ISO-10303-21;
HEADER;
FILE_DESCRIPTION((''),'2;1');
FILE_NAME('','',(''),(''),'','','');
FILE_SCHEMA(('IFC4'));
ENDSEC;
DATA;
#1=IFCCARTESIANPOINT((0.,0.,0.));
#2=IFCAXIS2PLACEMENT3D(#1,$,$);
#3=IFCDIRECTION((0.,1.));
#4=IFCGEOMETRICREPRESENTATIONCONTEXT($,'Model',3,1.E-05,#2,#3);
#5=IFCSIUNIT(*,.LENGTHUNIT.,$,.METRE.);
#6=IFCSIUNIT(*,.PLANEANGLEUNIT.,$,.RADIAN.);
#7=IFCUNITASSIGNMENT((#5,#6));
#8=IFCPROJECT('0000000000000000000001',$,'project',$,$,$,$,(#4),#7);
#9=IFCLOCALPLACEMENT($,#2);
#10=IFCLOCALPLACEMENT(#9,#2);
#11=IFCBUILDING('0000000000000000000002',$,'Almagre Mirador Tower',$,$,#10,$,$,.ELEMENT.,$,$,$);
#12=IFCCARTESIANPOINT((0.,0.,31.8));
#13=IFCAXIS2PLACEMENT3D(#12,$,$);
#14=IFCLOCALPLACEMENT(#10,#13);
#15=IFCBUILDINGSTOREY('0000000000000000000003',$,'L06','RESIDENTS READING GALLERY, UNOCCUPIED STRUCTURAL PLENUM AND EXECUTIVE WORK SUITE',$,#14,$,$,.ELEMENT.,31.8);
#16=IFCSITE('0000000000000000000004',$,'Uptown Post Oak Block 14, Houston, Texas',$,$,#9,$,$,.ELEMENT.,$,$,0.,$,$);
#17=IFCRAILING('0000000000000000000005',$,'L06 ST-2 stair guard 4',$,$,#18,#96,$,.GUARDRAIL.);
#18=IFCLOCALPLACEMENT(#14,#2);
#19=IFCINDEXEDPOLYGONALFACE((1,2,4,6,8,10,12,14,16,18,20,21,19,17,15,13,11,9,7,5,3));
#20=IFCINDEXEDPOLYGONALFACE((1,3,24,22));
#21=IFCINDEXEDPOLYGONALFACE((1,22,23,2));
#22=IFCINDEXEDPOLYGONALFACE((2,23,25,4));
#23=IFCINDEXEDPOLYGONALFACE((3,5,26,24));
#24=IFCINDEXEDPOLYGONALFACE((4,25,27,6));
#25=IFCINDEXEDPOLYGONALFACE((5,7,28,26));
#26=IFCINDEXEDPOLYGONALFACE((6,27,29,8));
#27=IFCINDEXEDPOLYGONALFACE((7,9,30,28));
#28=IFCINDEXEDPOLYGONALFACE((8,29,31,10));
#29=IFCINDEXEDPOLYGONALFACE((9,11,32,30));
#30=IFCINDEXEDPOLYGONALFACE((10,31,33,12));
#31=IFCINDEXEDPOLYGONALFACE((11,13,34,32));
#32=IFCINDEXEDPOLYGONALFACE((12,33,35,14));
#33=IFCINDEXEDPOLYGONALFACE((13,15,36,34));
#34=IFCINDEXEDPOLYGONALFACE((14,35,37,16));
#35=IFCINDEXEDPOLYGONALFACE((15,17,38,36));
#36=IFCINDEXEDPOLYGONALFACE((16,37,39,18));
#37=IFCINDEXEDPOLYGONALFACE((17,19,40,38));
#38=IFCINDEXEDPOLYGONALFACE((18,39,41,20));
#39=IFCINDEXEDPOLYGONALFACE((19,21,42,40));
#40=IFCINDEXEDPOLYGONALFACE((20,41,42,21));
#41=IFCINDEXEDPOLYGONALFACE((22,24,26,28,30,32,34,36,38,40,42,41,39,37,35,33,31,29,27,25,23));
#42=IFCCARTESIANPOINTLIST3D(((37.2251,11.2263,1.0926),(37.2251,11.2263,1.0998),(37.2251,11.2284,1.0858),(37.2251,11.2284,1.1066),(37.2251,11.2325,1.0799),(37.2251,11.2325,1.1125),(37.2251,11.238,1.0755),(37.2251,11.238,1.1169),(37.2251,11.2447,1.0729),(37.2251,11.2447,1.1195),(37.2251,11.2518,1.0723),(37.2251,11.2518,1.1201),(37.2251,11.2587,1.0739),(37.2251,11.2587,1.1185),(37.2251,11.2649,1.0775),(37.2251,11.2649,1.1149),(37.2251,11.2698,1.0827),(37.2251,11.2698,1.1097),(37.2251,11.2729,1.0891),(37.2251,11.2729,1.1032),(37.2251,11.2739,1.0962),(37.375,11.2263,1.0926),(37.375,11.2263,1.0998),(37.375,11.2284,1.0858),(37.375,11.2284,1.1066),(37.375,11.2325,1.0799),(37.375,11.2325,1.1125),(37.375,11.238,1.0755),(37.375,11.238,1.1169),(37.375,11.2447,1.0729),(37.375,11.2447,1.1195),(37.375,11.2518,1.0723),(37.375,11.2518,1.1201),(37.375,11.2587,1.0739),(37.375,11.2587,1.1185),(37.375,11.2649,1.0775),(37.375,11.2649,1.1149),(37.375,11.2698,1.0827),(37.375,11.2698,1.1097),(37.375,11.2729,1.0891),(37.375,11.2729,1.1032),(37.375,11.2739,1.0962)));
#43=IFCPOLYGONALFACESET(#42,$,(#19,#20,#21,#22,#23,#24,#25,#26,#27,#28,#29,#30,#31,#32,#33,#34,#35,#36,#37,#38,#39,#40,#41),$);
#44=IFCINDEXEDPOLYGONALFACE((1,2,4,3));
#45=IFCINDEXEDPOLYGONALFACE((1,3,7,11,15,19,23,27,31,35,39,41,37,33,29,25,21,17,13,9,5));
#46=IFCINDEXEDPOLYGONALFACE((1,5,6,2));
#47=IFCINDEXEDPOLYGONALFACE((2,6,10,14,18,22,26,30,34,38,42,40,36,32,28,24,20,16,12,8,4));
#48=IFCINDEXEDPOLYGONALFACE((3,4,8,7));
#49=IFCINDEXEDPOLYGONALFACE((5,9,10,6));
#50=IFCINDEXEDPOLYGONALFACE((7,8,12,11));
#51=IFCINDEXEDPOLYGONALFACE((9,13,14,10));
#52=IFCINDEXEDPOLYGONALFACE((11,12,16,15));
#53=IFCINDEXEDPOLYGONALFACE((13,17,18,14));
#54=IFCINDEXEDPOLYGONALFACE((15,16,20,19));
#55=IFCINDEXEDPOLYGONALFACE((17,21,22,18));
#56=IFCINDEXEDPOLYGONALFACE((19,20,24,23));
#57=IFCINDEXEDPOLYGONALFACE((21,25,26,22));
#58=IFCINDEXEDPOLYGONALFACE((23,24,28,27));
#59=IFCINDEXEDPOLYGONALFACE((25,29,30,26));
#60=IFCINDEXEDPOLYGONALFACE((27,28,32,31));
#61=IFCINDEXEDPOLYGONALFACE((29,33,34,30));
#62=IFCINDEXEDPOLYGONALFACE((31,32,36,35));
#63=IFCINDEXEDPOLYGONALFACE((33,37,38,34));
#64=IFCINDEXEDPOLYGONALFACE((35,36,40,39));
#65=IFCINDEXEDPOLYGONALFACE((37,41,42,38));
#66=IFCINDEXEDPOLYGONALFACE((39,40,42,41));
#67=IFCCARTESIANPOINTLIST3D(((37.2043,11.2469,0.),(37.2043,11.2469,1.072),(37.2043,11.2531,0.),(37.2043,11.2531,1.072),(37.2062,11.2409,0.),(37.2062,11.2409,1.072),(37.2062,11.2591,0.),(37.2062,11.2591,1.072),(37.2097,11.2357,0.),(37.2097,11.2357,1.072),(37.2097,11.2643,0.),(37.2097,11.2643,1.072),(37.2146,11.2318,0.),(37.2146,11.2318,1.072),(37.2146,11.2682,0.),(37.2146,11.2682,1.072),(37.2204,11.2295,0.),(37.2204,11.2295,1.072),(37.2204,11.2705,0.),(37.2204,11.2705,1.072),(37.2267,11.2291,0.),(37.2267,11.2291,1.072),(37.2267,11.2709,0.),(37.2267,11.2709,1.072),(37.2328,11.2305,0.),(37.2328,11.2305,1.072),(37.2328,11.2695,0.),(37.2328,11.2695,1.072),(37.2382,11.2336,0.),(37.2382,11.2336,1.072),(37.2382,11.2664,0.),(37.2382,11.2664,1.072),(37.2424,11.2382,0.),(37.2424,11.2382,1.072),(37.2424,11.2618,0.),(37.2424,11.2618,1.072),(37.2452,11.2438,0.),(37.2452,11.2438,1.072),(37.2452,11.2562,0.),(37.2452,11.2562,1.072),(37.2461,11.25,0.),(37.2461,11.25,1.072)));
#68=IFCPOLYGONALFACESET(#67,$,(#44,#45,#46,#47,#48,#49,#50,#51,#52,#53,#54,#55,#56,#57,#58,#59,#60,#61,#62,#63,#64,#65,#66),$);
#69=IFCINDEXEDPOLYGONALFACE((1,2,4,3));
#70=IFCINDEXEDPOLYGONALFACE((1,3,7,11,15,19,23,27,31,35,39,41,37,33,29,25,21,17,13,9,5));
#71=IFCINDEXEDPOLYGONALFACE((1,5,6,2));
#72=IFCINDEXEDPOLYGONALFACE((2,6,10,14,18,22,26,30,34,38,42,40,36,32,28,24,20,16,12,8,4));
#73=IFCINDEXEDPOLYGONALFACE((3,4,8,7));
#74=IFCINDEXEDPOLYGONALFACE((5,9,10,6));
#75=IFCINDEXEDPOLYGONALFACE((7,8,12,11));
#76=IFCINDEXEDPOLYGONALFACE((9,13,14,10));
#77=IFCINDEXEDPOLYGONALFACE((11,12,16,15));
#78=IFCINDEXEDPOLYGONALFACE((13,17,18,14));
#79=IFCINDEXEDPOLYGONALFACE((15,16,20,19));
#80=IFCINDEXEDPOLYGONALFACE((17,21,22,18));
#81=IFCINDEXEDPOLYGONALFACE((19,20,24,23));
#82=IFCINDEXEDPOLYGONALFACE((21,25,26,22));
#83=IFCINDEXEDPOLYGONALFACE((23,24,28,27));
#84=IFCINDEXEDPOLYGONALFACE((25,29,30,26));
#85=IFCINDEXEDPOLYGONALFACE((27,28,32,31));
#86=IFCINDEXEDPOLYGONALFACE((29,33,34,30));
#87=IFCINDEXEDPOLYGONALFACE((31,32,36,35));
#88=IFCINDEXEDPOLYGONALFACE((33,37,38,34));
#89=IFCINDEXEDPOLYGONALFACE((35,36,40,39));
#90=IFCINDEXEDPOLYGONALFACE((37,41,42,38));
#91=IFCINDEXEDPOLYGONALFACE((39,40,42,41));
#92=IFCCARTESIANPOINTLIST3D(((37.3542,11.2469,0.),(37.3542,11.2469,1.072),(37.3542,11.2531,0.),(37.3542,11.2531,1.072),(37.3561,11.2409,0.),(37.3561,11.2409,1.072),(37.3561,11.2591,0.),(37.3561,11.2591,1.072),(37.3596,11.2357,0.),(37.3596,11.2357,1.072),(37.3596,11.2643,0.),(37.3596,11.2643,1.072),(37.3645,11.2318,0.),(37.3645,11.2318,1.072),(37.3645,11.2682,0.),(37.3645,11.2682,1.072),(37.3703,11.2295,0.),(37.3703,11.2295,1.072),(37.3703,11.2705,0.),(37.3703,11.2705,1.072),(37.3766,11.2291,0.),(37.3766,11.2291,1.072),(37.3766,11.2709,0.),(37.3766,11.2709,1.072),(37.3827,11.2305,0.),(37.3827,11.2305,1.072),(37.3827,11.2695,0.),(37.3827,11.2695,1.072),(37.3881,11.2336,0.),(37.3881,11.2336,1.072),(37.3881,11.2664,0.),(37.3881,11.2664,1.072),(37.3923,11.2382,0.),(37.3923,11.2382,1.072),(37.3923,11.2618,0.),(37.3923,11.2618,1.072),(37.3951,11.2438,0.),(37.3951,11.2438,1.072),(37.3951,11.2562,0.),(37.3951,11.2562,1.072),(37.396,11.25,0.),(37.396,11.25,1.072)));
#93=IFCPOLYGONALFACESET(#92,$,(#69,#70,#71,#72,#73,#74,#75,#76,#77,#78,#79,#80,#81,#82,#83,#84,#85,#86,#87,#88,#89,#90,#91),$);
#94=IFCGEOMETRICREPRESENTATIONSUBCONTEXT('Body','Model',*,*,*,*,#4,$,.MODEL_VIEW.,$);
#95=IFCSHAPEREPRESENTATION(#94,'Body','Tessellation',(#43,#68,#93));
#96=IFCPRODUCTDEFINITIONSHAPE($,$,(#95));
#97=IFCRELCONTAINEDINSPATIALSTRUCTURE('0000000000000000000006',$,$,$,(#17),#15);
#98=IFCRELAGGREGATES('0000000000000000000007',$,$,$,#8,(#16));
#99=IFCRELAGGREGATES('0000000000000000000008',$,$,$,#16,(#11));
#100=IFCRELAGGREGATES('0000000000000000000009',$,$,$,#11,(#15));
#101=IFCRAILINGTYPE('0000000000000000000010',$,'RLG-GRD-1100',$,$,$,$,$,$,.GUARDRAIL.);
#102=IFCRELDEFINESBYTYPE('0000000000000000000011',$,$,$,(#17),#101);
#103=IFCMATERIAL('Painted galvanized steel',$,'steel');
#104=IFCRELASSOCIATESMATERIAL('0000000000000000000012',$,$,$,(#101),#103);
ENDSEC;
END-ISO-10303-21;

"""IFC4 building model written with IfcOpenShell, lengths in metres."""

from ifc_helpers import new_model, si_unit, direction, frame, origin, origin_2d, place, context, subcontext, project, spatial, circle, extrude, material, type_object, element, save


model = new_model("IFC4")

# Units and contexts
model_context = context("Model", 3, precision=1e-05, world=origin(), true_north=direction((0.0, 1.0)))
body_context = subcontext(model_context, "Body", "Model", "MODEL_VIEW")
ifc_project = project(units=[si_unit("LENGTHUNIT", "METRE"), si_unit("PLANEANGLEUNIT", "RADIAN")], contexts=[model_context])

# Site, building, storey
site_placement = place(None, origin())
site = spatial("IfcSite", under=ifc_project, at=site_placement, Name="Uptown Post Oak Block 14, Houston, Texas", CompositionType="ELEMENT", RefElevation=0.0)
building_placement = place(site_placement, origin())
building = spatial("IfcBuilding", under=site, at=building_placement, Name="Almagre Mirador Tower", CompositionType="ELEMENT")
storey_placement = place(building_placement, frame((0.0, 0.0, 31.8)))
storey = spatial("IfcBuildingStorey", under=building, at=storey_placement, Name="L06", Description="RESIDENTS READING GALLERY, UNOCCUPIED STRUCTURAL PLENUM AND EXECUTIVE WORK SUITE", CompositionType="ELEMENT", Elevation=31.8)

# Railing
ifc_material_1 = material(Name="Painted galvanized steel", Category="steel")
railing_type_1 = type_object("IfcRailingType", Name="RLG-GRD-1100", PredefinedType="GUARDRAIL", material=ifc_material_1)
railing_1_placement = place(storey_placement, frame((37.2251, 11.25, 0.0)))
element("IfcRailing", 1, at=railing_1_placement, inside=storey, type_object=railing_type_1, Name="L06 ST-2 stair guard 4", PredefinedType="GUARDRAIL", context=body_context, shape_type="SweptSolid", body=[
    extrude(circle(Radius=0.0239, at=origin_2d()), frame((0.0, 0.0, 1.0962), z_axis=(1.0, 0.0, 0.0), x_axis=(0.0, 1.0, 0.0)), (0.0, 0.0, 1.0), 0.1499),
    extrude(circle(Radius=0.021, at=origin_2d()), origin(), (0.0, 0.0, 1.0), 1.072),
    extrude(circle(Radius=0.021, at=origin_2d()), frame((0.1499, 0.0, 0.0)), (0.0, 0.0, 1.0), 1.072),
])

save(model, "model.ifc")
